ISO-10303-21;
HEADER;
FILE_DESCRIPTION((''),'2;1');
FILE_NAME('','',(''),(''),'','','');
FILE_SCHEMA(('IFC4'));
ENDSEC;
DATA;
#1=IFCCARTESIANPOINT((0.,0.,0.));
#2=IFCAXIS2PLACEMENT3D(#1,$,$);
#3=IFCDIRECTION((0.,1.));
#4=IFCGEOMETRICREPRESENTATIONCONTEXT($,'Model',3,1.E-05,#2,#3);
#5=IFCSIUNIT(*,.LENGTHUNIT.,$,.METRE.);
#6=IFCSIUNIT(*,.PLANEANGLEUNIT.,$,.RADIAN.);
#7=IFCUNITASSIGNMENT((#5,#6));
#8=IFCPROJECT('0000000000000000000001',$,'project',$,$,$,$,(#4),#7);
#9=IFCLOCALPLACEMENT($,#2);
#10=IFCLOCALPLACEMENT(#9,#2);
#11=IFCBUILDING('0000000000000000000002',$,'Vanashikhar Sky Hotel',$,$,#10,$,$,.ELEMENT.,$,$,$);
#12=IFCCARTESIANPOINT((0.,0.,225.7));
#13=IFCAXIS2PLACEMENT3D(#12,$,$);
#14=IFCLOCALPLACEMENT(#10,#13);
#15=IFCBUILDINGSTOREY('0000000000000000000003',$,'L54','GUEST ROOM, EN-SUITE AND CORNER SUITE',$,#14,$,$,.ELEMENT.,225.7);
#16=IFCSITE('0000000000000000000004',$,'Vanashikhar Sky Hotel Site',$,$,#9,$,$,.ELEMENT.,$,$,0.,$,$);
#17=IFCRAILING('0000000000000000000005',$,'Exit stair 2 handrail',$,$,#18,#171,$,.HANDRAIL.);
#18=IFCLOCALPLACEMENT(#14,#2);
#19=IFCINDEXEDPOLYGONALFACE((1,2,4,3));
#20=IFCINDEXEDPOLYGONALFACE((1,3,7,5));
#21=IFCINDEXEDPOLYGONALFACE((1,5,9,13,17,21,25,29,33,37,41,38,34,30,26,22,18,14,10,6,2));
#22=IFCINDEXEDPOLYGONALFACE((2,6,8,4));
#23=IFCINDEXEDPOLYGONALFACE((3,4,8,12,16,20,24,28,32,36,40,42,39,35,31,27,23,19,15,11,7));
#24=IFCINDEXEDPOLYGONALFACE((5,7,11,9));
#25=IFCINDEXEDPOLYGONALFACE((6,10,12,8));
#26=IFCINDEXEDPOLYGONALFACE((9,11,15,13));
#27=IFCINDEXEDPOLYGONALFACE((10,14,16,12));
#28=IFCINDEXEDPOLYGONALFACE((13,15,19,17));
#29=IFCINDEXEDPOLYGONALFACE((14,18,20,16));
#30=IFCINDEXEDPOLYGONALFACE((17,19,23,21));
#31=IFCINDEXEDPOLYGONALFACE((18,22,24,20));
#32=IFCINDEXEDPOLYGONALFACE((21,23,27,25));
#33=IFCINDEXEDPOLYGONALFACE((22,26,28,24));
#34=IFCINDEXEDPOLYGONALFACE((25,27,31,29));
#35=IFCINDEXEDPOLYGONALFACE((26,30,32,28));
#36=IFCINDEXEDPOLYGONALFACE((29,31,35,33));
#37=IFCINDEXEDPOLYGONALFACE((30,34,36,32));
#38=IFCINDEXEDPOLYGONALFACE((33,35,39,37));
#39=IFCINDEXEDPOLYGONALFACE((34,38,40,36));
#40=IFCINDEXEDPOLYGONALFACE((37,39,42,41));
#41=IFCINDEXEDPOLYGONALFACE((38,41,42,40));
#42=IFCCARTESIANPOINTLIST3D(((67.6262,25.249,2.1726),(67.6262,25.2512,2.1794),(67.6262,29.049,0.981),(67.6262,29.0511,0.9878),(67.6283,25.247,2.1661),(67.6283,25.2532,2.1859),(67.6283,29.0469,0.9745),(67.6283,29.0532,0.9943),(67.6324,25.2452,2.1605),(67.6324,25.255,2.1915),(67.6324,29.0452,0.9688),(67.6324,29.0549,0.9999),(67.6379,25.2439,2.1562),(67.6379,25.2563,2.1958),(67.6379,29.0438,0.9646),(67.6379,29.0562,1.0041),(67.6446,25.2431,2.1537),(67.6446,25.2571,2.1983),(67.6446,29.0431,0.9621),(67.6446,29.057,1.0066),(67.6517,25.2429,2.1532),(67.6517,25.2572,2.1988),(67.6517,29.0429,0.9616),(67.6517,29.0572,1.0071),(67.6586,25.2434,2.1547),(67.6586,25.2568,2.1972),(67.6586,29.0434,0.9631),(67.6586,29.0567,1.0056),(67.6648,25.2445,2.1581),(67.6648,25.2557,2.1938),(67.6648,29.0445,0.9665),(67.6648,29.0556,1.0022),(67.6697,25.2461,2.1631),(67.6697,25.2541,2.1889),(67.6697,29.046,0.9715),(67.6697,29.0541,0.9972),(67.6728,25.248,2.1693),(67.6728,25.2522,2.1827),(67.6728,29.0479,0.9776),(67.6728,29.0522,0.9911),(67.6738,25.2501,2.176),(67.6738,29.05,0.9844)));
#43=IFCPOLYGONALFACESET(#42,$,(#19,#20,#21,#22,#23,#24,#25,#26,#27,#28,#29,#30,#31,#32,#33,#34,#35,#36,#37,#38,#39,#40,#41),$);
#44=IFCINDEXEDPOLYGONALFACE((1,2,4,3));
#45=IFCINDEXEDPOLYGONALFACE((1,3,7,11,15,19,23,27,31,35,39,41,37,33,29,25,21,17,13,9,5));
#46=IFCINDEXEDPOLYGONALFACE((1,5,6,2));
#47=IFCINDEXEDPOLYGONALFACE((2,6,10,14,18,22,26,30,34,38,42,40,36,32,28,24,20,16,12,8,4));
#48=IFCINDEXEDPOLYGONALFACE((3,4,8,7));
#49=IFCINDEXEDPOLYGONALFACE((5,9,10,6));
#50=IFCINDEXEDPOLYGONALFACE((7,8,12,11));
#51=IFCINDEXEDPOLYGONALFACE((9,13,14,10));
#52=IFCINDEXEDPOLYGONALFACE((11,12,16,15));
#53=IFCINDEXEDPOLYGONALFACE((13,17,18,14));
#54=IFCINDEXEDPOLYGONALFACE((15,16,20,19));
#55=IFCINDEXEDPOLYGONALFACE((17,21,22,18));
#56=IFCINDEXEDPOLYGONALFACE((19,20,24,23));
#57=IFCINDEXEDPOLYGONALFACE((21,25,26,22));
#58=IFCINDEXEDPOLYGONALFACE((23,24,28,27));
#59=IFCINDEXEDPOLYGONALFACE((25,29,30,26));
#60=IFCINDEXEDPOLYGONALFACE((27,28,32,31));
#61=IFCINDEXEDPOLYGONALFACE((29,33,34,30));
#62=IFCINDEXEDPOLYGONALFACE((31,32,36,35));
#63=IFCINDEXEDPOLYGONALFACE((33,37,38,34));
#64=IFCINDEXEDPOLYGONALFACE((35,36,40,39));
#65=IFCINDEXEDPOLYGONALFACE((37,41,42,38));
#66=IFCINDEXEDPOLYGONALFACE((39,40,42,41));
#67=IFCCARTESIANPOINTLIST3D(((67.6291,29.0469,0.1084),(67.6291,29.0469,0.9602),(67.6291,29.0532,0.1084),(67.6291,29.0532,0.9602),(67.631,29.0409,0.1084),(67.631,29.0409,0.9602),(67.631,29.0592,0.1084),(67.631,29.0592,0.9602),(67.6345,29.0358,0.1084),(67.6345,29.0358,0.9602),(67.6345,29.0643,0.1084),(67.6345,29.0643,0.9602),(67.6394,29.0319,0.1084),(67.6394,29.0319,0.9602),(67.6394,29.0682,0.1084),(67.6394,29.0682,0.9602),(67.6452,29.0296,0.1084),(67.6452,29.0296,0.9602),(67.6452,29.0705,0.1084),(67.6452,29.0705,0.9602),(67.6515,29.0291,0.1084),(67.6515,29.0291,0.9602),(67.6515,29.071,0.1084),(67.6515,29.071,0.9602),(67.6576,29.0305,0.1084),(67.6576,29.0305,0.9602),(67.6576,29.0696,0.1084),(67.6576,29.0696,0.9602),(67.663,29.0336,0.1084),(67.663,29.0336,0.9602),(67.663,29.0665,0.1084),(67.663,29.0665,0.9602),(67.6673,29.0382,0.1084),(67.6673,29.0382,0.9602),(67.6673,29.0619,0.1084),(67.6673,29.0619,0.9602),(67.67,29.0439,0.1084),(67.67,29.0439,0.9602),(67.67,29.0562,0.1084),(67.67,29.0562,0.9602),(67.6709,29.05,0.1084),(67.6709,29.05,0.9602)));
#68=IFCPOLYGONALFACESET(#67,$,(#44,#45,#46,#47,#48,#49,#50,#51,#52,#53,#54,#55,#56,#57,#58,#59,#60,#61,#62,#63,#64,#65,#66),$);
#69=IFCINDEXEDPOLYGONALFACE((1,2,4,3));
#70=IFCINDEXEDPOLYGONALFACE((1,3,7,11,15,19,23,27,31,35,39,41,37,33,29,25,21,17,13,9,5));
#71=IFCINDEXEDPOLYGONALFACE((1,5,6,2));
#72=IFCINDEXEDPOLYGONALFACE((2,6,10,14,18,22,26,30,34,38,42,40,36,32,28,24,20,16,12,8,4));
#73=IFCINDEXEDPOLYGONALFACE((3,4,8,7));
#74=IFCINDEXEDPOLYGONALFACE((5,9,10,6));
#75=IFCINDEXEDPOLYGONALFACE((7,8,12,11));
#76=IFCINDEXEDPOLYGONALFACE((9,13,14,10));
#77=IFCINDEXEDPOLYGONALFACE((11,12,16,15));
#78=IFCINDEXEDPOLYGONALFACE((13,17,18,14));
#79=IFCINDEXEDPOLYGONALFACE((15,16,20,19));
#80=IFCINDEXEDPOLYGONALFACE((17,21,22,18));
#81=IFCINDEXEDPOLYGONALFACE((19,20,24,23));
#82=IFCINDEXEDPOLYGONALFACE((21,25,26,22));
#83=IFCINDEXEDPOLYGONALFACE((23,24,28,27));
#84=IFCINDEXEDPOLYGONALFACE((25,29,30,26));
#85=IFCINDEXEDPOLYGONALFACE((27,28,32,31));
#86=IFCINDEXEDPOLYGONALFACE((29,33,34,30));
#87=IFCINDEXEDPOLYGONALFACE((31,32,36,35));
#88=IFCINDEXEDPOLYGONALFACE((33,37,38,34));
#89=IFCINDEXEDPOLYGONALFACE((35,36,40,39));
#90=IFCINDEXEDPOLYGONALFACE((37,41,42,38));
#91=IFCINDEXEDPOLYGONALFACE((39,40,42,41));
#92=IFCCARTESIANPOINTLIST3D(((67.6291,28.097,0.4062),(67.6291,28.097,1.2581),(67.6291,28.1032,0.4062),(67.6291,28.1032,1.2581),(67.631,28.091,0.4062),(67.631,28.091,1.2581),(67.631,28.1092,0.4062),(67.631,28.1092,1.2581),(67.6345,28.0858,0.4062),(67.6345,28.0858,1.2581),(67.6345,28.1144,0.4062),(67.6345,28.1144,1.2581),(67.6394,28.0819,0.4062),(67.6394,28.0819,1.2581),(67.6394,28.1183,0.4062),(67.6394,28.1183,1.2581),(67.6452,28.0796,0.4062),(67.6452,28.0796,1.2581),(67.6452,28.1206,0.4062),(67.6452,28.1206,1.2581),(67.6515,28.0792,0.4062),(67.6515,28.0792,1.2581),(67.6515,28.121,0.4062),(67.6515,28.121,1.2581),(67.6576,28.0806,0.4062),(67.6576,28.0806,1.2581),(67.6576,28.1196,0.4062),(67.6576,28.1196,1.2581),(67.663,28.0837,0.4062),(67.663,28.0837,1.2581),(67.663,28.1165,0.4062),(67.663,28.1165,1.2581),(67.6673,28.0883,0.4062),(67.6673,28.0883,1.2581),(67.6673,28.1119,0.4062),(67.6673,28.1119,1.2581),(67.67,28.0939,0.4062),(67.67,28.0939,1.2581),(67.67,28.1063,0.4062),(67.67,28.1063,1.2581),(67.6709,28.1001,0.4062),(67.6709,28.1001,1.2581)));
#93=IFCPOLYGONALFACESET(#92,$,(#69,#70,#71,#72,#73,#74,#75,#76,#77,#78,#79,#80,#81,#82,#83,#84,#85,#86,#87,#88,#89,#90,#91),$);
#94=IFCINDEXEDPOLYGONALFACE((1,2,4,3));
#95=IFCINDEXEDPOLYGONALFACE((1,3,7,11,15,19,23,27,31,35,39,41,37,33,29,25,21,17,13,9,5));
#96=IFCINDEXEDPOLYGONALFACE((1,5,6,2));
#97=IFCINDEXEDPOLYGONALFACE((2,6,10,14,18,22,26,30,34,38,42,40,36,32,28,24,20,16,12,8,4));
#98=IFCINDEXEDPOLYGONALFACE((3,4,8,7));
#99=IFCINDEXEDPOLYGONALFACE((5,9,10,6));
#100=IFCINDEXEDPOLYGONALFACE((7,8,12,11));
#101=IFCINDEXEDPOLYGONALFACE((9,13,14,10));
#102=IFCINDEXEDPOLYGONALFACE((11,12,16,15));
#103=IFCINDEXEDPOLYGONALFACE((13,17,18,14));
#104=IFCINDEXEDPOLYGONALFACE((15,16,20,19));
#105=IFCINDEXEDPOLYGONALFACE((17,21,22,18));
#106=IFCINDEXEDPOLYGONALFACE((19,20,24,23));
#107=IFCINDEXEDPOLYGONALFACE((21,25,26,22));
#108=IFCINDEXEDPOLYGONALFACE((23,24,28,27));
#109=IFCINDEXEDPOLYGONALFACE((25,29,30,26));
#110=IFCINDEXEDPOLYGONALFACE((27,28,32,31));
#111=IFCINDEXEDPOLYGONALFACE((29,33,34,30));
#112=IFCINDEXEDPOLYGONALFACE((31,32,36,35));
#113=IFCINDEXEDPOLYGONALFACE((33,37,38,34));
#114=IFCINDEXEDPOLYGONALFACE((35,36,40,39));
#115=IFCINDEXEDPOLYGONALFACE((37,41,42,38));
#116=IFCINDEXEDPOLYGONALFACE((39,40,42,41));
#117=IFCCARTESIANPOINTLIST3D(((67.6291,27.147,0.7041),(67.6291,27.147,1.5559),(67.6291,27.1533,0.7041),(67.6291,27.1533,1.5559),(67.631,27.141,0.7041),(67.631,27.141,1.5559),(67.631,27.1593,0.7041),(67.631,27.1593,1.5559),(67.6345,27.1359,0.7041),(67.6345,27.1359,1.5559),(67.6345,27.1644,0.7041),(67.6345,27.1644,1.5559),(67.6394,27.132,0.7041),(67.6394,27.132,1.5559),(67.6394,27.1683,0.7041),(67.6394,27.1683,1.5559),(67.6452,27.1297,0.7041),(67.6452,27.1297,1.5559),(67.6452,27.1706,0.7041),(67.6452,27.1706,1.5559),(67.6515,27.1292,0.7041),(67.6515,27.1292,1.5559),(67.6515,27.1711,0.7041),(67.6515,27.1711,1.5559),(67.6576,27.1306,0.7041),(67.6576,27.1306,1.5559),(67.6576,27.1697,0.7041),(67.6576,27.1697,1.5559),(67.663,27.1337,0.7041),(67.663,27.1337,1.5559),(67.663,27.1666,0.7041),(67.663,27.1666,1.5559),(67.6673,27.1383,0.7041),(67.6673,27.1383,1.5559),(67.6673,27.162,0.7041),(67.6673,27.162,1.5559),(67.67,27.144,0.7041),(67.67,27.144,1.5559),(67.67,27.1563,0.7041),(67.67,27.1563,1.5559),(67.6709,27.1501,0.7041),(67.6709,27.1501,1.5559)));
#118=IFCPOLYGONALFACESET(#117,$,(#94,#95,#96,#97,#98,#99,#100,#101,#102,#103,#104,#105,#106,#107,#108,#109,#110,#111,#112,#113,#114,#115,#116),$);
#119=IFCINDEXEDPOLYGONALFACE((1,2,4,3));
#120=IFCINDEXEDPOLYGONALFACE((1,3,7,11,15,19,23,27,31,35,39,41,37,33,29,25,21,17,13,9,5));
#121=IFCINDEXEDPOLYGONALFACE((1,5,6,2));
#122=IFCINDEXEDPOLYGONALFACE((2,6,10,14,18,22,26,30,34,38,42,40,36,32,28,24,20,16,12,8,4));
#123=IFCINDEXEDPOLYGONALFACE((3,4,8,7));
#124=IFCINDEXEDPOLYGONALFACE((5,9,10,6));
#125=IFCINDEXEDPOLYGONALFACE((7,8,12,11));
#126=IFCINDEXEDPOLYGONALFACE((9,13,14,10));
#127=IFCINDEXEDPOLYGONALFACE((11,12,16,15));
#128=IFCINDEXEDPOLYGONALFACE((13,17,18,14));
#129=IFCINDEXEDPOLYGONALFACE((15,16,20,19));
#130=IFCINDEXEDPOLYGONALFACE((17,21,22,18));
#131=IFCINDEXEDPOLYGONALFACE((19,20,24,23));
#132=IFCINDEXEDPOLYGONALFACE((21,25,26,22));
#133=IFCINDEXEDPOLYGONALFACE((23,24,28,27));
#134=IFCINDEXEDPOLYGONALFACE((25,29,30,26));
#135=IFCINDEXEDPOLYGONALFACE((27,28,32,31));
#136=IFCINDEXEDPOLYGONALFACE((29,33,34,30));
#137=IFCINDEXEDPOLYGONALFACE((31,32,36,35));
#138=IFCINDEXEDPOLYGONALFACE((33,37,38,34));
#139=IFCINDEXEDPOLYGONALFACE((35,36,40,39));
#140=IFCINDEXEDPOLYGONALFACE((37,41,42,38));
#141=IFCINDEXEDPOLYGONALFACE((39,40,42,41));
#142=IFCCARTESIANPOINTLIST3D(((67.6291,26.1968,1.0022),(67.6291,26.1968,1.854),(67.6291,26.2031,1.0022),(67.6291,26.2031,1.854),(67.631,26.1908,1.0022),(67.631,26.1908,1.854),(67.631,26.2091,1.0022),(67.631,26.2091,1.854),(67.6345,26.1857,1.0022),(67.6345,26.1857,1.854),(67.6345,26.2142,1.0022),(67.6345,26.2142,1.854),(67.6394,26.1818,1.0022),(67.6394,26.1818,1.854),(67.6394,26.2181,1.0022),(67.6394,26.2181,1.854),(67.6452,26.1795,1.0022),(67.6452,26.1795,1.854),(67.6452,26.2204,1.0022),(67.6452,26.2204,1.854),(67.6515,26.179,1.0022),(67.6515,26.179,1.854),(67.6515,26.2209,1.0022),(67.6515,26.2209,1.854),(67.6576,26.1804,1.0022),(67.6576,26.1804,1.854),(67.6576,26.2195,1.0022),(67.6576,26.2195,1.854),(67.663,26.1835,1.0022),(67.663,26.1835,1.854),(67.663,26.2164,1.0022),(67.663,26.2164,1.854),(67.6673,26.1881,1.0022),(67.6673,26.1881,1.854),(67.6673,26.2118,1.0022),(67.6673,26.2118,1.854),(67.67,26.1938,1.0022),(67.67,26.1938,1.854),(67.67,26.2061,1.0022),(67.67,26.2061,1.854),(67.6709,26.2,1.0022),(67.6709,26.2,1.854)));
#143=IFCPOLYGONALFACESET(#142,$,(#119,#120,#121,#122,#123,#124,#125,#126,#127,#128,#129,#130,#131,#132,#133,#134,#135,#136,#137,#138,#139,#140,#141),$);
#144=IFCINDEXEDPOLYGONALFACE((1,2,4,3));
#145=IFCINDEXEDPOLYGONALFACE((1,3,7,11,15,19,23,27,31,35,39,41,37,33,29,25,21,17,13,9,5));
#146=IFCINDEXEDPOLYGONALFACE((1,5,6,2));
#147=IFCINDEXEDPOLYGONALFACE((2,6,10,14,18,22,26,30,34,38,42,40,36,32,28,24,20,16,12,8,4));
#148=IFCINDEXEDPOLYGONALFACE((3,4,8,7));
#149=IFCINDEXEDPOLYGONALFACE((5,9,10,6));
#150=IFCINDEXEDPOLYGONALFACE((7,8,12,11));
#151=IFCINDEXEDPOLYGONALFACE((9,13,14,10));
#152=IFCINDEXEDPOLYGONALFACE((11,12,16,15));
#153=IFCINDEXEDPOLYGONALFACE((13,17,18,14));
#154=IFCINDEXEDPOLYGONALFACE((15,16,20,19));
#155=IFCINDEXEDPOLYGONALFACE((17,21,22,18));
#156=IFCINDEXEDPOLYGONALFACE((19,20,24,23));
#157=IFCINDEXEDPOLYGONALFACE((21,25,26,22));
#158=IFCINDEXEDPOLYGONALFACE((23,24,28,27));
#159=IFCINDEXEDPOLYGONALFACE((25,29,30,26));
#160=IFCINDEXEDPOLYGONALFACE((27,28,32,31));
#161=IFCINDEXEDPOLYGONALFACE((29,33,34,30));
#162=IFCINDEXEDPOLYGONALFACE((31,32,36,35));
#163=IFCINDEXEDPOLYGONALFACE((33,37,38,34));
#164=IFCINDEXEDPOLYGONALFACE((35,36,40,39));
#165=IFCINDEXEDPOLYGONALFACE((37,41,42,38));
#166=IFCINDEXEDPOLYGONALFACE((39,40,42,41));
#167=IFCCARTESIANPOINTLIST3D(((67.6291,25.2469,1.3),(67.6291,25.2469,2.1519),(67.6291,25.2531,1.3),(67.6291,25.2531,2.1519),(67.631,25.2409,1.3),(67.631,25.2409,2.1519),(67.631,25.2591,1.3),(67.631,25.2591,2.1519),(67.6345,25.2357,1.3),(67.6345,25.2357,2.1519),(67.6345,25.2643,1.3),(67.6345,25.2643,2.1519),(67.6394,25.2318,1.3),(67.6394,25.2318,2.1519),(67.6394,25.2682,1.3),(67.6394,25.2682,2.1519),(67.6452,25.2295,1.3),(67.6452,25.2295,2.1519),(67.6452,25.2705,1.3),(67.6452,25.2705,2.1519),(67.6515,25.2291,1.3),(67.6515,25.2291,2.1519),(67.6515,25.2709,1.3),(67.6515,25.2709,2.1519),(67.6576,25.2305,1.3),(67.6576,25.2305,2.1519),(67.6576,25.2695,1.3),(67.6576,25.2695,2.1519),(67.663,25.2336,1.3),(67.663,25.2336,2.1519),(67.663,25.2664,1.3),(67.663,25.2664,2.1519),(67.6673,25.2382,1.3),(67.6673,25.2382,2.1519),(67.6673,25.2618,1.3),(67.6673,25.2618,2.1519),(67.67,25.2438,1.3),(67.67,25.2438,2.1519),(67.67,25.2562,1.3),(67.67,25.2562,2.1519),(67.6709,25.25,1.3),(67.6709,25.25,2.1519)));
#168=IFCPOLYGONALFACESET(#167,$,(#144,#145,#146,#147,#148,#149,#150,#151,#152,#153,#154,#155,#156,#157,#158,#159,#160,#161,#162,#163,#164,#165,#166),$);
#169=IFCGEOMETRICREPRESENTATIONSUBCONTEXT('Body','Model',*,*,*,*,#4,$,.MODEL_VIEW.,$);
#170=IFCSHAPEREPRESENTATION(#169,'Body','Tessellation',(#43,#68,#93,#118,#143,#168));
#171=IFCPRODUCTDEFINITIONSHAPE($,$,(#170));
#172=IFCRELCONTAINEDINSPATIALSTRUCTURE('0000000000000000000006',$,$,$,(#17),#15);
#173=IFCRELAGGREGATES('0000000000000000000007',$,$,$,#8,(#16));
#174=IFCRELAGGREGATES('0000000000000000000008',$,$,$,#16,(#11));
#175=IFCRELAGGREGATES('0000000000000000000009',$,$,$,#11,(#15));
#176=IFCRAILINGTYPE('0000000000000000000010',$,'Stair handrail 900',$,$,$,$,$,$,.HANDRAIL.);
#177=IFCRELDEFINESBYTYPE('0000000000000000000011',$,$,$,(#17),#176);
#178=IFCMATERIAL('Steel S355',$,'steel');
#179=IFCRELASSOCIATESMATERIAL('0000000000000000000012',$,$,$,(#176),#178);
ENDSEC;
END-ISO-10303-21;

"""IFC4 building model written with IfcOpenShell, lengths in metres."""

from ifc_helpers import new_model, si_unit, direction, frame, origin, origin_2d, place, context, subcontext, project, spatial, circle, extrude, source, transform, mapped, material, type_object, element, save


model = new_model("IFC4")

# Units and contexts
model_context = context("Model", 3, precision=1e-05, world=origin(), true_north=direction((0.0, 1.0)))
body_context = subcontext(model_context, "Body", "Model", "MODEL_VIEW")
ifc_project = project(units=[si_unit("LENGTHUNIT", "METRE"), si_unit("PLANEANGLEUNIT", "RADIAN")], contexts=[model_context])

# Site, building, storey
site_placement = place(None, origin())
site = spatial("IfcSite", under=ifc_project, at=site_placement, Name="Vanashikhar Sky Hotel Site", CompositionType="ELEMENT", RefElevation=0.0)
building_placement = place(site_placement, origin())
building = spatial("IfcBuilding", under=site, at=building_placement, Name="Vanashikhar Sky Hotel", CompositionType="ELEMENT")
storey_placement = place(building_placement, frame((0.0, 0.0, 225.7)))
storey = spatial("IfcBuildingStorey", under=building, at=storey_placement, Name="L54", Description="GUEST ROOM, EN-SUITE AND CORNER SUITE", CompositionType="ELEMENT", Elevation=225.7)

# Railing
ifc_material_1 = material(Name="Steel S355", Category="steel")
railing_type_1 = type_object("IfcRailingType", Name="Stair handrail 900", PredefinedType="HANDRAIL", material=ifc_material_1)
shared_shape_1 = source(origin(), body_context, "Body", "SweptSolid", [
    extrude(circle(Radius=0.0239, at=origin_2d()), frame((0.0, 0.0, 0.876), z_axis=(0.0, -0.954184, 0.299221), x_axis=(1.0, 0.0, 0.0)), (0.0, 0.0, 1.0), 3.9824),
    extrude(circle(Radius=0.021, at=origin_2d()), origin(), (0.0, 0.0, 1.0), 0.8518),
    extrude(circle(Radius=0.021, at=origin_2d()), frame((0.0, -0.95, 0.2979)), (0.0, 0.0, 1.0), 0.8518),
    extrude(circle(Radius=0.021, at=origin_2d()), frame((0.0, -1.8999, 0.5957)), (0.0, 0.0, 1.0), 0.8518),
    extrude(circle(Radius=0.021, at=origin_2d()), frame((0.0, -2.8501, 0.8938)), (0.0, 0.0, 1.0), 0.8518),
    extrude(circle(Radius=0.021, at=origin_2d()), frame((0.0, -3.8, 1.1917)), (0.0, 0.0, 1.0), 0.8518),
])
for number, where, name in (
    (1, (67.6499, 29.05, 0.1084), "Exit stair 2 handrail"),
):
    element("IfcRailing", number, at=place(storey_placement, frame(where)), inside=storey, type_object=railing_type_1, Name=name, PredefinedType="HANDRAIL", context=body_context, shape_type="MappedRepresentation", body=[
        mapped(shared_shape_1, transform((0.0, 0.0, 0.0), scale=1.0)),
    ])

save(model, "model.ifc")
